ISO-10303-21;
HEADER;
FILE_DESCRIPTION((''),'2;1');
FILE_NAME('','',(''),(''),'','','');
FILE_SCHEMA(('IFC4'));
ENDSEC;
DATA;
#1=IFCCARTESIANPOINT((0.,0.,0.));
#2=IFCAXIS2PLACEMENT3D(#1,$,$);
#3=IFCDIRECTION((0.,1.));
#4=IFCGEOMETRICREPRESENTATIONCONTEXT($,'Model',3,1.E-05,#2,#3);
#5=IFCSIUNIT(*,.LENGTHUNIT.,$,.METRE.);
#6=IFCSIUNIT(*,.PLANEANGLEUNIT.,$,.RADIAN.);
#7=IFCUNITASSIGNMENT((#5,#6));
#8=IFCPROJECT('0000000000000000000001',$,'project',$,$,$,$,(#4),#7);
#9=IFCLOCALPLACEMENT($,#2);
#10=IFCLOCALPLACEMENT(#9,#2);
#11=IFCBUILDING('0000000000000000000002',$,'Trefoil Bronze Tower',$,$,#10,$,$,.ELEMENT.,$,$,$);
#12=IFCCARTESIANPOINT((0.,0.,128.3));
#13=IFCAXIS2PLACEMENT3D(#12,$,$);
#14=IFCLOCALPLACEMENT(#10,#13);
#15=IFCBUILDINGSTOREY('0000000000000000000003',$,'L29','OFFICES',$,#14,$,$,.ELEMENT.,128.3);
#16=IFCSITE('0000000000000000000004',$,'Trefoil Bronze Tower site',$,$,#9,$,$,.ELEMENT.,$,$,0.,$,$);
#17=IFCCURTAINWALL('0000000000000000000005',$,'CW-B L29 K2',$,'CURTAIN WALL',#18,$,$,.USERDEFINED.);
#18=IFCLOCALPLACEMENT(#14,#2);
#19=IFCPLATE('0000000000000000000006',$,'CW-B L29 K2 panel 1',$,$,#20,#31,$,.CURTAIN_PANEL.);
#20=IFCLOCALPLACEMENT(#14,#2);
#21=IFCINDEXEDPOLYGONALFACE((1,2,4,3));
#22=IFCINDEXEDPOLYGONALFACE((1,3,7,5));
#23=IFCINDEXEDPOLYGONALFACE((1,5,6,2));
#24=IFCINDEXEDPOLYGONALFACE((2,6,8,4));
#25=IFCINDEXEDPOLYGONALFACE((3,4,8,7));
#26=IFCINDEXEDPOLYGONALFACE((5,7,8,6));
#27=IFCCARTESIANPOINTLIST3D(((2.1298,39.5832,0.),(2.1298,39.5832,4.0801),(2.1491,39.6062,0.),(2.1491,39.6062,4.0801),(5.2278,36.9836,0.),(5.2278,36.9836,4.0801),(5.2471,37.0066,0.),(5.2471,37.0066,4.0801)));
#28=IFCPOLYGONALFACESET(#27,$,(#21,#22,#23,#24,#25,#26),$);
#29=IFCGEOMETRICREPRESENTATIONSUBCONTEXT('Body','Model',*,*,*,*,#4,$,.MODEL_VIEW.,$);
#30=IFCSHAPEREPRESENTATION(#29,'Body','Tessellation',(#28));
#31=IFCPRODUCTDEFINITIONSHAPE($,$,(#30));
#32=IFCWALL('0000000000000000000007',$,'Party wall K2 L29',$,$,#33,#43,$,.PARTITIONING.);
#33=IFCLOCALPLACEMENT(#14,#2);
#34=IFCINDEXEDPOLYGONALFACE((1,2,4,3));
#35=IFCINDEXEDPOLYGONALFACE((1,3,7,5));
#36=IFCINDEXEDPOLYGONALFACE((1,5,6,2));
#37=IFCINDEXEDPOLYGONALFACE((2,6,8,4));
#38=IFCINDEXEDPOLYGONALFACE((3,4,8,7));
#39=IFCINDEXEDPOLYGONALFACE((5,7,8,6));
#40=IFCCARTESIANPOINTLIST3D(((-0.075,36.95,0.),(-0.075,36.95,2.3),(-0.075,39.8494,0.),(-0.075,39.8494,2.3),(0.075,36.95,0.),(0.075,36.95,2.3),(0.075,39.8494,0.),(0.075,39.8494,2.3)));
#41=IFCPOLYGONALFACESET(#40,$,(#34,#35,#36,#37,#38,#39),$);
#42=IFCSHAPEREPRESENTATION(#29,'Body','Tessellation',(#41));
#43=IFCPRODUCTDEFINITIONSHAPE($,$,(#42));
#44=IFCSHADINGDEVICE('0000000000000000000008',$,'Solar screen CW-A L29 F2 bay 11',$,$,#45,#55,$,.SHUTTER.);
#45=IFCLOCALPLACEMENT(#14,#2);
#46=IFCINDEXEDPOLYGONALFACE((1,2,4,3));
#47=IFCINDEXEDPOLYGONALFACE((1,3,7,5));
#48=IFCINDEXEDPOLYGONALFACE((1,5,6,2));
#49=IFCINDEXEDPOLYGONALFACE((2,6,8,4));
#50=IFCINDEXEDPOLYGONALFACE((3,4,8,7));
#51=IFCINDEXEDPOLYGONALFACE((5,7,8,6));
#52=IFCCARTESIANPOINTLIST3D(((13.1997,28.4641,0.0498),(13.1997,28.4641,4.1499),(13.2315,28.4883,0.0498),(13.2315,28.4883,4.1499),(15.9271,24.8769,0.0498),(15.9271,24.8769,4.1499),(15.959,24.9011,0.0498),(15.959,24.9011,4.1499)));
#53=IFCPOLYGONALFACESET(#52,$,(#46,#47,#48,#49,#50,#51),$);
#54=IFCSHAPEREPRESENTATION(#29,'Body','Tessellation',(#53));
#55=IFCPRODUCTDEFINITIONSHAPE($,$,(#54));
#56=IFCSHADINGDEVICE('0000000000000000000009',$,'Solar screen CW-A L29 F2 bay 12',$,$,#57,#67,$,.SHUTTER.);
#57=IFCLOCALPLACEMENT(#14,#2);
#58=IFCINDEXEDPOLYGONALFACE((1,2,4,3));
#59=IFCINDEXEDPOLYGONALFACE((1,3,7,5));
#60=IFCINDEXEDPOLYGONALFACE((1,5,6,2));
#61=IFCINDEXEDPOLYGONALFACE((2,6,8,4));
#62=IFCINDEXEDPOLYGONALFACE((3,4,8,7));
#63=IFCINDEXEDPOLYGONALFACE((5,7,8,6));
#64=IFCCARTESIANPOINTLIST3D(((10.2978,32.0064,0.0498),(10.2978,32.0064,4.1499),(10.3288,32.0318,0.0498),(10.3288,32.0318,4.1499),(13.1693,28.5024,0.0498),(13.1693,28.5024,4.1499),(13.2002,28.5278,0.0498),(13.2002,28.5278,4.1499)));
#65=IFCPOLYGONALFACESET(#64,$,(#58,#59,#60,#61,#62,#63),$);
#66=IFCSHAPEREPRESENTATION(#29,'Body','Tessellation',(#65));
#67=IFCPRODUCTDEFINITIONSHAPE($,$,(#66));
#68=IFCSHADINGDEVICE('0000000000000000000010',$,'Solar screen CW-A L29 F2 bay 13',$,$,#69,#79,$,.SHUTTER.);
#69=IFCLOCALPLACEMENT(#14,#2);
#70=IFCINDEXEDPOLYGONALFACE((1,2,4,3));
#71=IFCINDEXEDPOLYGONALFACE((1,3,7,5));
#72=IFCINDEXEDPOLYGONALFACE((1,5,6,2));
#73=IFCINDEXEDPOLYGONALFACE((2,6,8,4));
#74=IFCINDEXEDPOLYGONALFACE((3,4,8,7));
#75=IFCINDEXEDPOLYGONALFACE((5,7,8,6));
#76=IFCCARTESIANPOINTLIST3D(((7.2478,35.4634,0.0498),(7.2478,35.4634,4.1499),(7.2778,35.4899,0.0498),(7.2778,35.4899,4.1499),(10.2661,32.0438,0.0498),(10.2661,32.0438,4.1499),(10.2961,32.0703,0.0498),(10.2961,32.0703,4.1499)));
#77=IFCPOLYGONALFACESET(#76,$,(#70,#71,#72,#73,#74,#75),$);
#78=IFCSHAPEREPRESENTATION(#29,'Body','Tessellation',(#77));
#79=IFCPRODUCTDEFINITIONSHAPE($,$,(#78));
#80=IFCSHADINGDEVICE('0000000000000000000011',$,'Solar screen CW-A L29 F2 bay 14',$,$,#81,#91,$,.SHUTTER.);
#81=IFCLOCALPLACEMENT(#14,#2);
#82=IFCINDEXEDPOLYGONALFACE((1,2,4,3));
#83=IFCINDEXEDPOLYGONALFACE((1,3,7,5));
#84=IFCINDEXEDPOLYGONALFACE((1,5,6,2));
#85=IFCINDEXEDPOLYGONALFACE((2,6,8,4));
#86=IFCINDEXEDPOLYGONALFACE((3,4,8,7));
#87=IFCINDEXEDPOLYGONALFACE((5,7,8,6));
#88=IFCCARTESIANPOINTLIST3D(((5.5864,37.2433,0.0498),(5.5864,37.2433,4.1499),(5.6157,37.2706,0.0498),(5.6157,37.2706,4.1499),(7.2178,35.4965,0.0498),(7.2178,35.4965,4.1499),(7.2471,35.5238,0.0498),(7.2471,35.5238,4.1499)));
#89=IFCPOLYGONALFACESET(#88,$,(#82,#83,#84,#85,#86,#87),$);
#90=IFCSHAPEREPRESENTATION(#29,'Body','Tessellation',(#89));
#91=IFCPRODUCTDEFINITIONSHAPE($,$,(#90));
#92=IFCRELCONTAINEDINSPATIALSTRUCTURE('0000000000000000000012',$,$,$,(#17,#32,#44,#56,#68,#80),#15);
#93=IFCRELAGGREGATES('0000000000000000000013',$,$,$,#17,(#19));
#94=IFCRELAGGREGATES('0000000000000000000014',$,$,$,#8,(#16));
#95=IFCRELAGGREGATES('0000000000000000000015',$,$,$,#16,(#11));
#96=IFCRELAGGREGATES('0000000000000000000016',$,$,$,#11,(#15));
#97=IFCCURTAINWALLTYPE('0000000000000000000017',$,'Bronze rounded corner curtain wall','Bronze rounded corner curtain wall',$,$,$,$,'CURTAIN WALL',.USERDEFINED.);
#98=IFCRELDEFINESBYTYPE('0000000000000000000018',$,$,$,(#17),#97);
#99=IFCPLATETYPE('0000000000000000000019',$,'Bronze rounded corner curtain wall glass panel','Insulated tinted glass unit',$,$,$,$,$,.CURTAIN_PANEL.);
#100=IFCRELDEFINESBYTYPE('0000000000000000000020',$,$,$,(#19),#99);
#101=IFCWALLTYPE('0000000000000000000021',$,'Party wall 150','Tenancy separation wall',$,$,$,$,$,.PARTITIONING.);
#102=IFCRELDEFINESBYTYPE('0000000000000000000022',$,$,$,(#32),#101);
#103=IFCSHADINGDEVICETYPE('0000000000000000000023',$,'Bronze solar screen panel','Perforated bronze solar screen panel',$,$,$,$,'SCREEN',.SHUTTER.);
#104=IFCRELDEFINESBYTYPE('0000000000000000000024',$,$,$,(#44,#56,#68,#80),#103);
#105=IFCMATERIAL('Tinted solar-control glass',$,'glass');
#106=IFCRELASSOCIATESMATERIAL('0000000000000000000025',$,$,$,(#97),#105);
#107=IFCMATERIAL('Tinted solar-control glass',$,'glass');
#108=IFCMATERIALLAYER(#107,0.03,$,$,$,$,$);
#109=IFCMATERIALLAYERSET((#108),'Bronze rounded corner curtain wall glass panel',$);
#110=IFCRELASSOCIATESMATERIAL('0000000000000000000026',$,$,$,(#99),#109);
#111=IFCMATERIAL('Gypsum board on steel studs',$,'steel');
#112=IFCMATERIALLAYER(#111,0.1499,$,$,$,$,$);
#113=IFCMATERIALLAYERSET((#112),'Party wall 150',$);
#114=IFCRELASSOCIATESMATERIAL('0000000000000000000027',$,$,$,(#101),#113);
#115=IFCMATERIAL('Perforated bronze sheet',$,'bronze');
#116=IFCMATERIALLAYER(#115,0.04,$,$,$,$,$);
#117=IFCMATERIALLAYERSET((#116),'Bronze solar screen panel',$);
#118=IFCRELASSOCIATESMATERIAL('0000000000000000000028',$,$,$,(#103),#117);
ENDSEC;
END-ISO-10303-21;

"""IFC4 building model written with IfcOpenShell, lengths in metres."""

from ifc_helpers import new_model, si_unit, direction, frame, frame_2d, origin, origin_2d, place, context, subcontext, project, spatial, rectangle, extrude, material, layer, layer_set, type_object, element, aggregate, save


model = new_model("IFC4")

# Units and contexts
model_context = context("Model", 3, precision=1e-05, world=origin(), true_north=direction((0.0, 1.0)))
body_context = subcontext(model_context, "Body", "Model", "MODEL_VIEW")
ifc_project = project(units=[si_unit("LENGTHUNIT", "METRE"), si_unit("PLANEANGLEUNIT", "RADIAN")], contexts=[model_context])

# Site, building, storey
site_placement = place(None, origin())
site = spatial("IfcSite", under=ifc_project, at=site_placement, Name="Trefoil Bronze Tower site", CompositionType="ELEMENT", RefElevation=0.0)
building_placement = place(site_placement, origin())
building = spatial("IfcBuilding", under=site, at=building_placement, Name="Trefoil Bronze Tower", CompositionType="ELEMENT")
storey_placement = place(building_placement, frame((0.0, 0.0, 128.3)))
storey = spatial("IfcBuildingStorey", under=building, at=storey_placement, Name="L29", Description="OFFICES", CompositionType="ELEMENT", Elevation=128.3)

# Curtain wall
ifc_material_1 = material(Name="Tinted solar-control glass", Category="glass")
curtain_wall_type_1 = type_object("IfcCurtainWallType", Name="Bronze rounded corner curtain wall", Description="Bronze rounded corner curtain wall", ElementType="CURTAIN WALL", PredefinedType="USERDEFINED", material=ifc_material_1)
curtain_wall_1_placement = place(storey_placement, origin())
curtain_wall_1 = element("IfcCurtainWall", 1, at=curtain_wall_1_placement, inside=storey, type_object=curtain_wall_type_1, Name="CW-B L29 K2", ObjectType="CURTAIN WALL", PredefinedType="USERDEFINED")

# Plate
ifc_material_2 = material(Name="Tinted solar-control glass", Category="glass")
ifc_layer_1 = layer(ifc_material_2, 0.03)
ifc_layer_set_1 = layer_set([ifc_layer_1], Name="Bronze rounded corner curtain wall glass panel")
plate_type_1 = type_object("IfcPlateType", Name="Bronze rounded corner curtain wall glass panel", Description="Insulated tinted glass unit", PredefinedType="CURTAIN_PANEL", material=ifc_layer_set_1)
plate_1_placement = place(storey_placement, frame((3.6885, 38.2949, 0.0), z_axis=(0.0, 0.0, 1.0), x_axis=(-0.766044, 0.642788, 0.0)))
plate_1 = element("IfcPlate", 2, at=plate_1_placement, type_object=plate_type_1, Name="CW-B L29 K2 panel 1", PredefinedType="CURTAIN_PANEL", context=body_context, shape_type="SweptSolid", body=[
    extrude(rectangle(XDim=4.0442, YDim=0.03, at=origin_2d()), origin(), (0.0, 0.0, 1.0), 4.0801),
])
aggregate(curtain_wall_1, [plate_1])

# Wall
ifc_material_3 = material(Name="Gypsum board on steel studs", Category="steel")
ifc_layer_2 = layer(ifc_material_3, 0.1499)
ifc_layer_set_2 = layer_set([ifc_layer_2], Name="Party wall 150")
wall_type = type_object("IfcWallType", Name="Party wall 150", Description="Tenancy separation wall", PredefinedType="PARTITIONING", material=ifc_layer_set_2)
wall_placement = place(storey_placement, frame((0.0, 36.95, 0.0), z_axis=(0.0, 0.0, 1.0), x_axis=(0.0, 1.0, 0.0)))
element("IfcWall", 3, at=wall_placement, inside=storey, type_object=wall_type, Name="Party wall K2 L29", PredefinedType="PARTITIONING", context=body_context, shape_type="SweptSolid", body=[
    extrude(rectangle(XDim=2.8994, YDim=0.1499, at=frame_2d((1.4497, 0.0))), origin(), (0.0, 0.0, 1.0), 2.3),
])

# Shading devices
ifc_material_4 = material(Name="Perforated bronze sheet", Category="bronze")
ifc_layer_3 = layer(ifc_material_4, 0.04)
ifc_layer_set_3 = layer_set([ifc_layer_3], Name="Bronze solar screen panel")
shading_device_type = type_object("IfcShadingDeviceType", Name="Bronze solar screen panel", Description="Perforated bronze solar screen panel", ElementType="SCREEN", PredefinedType="SHUTTER", material=ifc_layer_set_3)
shading_device_1_placement = place(storey_placement, frame((14.5793, 26.6826, 0.0498), z_axis=(0.0, 0.0, 1.0), x_axis=(-0.605252, 0.796034, 0.0)))
element("IfcShadingDevice", 4, at=shading_device_1_placement, inside=storey, type_object=shading_device_type, Name="Solar screen CW-A L29 F2 bay 11", PredefinedType="SHUTTER", context=body_context, shape_type="SweptSolid", body=[
    extrude(rectangle(XDim=4.5063, YDim=0.04, at=origin_2d()), origin(), (0.0, 0.0, 1.0), 4.1001),
])
shading_device_2_placement = place(storey_placement, frame((11.749, 30.2671, 0.0498), z_axis=(0.0, 0.0, 1.0), x_axis=(-0.63384, 0.773464, 0.0)))
element("IfcShadingDevice", 5, at=shading_device_2_placement, inside=storey, type_object=shading_device_type, Name="Solar screen CW-A L29 F2 bay 12", PredefinedType="SHUTTER", context=body_context, shape_type="SweptSolid", body=[
    extrude(rectangle(XDim=4.5303, YDim=0.04, at=origin_2d()), origin(), (0.0, 0.0, 1.0), 4.1001),
])
shading_device_3_placement = place(storey_placement, frame((8.772, 33.7668, 0.0498), z_axis=(0.0, 0.0, 1.0), x_axis=(-0.661751, 0.749723, 0.0)))
element("IfcShadingDevice", 6, at=shading_device_3_placement, inside=storey, type_object=shading_device_type, Name="Solar screen CW-A L29 F2 bay 13", PredefinedType="SHUTTER", context=body_context, shape_type="SweptSolid", body=[
    extrude(rectangle(XDim=4.561, YDim=0.04, at=origin_2d()), origin(), (0.0, 0.0, 1.0), 4.1001),
])
shading_device_4_placement = place(storey_placement, frame((6.4167, 36.3835, 0.0498), z_axis=(0.0, 0.0, 1.0), x_axis=(-0.682536, 0.730852, 0.0)))
element("IfcShadingDevice", 7, at=shading_device_4_placement, inside=storey, type_object=shading_device_type, Name="Solar screen CW-A L29 F2 bay 14", PredefinedType="SHUTTER", context=body_context, shape_type="SweptSolid", body=[
    extrude(rectangle(XDim=2.3901, YDim=0.04, at=origin_2d()), origin(), (0.0, 0.0, 1.0), 4.1001),
])

save(model, "model.ifc")
